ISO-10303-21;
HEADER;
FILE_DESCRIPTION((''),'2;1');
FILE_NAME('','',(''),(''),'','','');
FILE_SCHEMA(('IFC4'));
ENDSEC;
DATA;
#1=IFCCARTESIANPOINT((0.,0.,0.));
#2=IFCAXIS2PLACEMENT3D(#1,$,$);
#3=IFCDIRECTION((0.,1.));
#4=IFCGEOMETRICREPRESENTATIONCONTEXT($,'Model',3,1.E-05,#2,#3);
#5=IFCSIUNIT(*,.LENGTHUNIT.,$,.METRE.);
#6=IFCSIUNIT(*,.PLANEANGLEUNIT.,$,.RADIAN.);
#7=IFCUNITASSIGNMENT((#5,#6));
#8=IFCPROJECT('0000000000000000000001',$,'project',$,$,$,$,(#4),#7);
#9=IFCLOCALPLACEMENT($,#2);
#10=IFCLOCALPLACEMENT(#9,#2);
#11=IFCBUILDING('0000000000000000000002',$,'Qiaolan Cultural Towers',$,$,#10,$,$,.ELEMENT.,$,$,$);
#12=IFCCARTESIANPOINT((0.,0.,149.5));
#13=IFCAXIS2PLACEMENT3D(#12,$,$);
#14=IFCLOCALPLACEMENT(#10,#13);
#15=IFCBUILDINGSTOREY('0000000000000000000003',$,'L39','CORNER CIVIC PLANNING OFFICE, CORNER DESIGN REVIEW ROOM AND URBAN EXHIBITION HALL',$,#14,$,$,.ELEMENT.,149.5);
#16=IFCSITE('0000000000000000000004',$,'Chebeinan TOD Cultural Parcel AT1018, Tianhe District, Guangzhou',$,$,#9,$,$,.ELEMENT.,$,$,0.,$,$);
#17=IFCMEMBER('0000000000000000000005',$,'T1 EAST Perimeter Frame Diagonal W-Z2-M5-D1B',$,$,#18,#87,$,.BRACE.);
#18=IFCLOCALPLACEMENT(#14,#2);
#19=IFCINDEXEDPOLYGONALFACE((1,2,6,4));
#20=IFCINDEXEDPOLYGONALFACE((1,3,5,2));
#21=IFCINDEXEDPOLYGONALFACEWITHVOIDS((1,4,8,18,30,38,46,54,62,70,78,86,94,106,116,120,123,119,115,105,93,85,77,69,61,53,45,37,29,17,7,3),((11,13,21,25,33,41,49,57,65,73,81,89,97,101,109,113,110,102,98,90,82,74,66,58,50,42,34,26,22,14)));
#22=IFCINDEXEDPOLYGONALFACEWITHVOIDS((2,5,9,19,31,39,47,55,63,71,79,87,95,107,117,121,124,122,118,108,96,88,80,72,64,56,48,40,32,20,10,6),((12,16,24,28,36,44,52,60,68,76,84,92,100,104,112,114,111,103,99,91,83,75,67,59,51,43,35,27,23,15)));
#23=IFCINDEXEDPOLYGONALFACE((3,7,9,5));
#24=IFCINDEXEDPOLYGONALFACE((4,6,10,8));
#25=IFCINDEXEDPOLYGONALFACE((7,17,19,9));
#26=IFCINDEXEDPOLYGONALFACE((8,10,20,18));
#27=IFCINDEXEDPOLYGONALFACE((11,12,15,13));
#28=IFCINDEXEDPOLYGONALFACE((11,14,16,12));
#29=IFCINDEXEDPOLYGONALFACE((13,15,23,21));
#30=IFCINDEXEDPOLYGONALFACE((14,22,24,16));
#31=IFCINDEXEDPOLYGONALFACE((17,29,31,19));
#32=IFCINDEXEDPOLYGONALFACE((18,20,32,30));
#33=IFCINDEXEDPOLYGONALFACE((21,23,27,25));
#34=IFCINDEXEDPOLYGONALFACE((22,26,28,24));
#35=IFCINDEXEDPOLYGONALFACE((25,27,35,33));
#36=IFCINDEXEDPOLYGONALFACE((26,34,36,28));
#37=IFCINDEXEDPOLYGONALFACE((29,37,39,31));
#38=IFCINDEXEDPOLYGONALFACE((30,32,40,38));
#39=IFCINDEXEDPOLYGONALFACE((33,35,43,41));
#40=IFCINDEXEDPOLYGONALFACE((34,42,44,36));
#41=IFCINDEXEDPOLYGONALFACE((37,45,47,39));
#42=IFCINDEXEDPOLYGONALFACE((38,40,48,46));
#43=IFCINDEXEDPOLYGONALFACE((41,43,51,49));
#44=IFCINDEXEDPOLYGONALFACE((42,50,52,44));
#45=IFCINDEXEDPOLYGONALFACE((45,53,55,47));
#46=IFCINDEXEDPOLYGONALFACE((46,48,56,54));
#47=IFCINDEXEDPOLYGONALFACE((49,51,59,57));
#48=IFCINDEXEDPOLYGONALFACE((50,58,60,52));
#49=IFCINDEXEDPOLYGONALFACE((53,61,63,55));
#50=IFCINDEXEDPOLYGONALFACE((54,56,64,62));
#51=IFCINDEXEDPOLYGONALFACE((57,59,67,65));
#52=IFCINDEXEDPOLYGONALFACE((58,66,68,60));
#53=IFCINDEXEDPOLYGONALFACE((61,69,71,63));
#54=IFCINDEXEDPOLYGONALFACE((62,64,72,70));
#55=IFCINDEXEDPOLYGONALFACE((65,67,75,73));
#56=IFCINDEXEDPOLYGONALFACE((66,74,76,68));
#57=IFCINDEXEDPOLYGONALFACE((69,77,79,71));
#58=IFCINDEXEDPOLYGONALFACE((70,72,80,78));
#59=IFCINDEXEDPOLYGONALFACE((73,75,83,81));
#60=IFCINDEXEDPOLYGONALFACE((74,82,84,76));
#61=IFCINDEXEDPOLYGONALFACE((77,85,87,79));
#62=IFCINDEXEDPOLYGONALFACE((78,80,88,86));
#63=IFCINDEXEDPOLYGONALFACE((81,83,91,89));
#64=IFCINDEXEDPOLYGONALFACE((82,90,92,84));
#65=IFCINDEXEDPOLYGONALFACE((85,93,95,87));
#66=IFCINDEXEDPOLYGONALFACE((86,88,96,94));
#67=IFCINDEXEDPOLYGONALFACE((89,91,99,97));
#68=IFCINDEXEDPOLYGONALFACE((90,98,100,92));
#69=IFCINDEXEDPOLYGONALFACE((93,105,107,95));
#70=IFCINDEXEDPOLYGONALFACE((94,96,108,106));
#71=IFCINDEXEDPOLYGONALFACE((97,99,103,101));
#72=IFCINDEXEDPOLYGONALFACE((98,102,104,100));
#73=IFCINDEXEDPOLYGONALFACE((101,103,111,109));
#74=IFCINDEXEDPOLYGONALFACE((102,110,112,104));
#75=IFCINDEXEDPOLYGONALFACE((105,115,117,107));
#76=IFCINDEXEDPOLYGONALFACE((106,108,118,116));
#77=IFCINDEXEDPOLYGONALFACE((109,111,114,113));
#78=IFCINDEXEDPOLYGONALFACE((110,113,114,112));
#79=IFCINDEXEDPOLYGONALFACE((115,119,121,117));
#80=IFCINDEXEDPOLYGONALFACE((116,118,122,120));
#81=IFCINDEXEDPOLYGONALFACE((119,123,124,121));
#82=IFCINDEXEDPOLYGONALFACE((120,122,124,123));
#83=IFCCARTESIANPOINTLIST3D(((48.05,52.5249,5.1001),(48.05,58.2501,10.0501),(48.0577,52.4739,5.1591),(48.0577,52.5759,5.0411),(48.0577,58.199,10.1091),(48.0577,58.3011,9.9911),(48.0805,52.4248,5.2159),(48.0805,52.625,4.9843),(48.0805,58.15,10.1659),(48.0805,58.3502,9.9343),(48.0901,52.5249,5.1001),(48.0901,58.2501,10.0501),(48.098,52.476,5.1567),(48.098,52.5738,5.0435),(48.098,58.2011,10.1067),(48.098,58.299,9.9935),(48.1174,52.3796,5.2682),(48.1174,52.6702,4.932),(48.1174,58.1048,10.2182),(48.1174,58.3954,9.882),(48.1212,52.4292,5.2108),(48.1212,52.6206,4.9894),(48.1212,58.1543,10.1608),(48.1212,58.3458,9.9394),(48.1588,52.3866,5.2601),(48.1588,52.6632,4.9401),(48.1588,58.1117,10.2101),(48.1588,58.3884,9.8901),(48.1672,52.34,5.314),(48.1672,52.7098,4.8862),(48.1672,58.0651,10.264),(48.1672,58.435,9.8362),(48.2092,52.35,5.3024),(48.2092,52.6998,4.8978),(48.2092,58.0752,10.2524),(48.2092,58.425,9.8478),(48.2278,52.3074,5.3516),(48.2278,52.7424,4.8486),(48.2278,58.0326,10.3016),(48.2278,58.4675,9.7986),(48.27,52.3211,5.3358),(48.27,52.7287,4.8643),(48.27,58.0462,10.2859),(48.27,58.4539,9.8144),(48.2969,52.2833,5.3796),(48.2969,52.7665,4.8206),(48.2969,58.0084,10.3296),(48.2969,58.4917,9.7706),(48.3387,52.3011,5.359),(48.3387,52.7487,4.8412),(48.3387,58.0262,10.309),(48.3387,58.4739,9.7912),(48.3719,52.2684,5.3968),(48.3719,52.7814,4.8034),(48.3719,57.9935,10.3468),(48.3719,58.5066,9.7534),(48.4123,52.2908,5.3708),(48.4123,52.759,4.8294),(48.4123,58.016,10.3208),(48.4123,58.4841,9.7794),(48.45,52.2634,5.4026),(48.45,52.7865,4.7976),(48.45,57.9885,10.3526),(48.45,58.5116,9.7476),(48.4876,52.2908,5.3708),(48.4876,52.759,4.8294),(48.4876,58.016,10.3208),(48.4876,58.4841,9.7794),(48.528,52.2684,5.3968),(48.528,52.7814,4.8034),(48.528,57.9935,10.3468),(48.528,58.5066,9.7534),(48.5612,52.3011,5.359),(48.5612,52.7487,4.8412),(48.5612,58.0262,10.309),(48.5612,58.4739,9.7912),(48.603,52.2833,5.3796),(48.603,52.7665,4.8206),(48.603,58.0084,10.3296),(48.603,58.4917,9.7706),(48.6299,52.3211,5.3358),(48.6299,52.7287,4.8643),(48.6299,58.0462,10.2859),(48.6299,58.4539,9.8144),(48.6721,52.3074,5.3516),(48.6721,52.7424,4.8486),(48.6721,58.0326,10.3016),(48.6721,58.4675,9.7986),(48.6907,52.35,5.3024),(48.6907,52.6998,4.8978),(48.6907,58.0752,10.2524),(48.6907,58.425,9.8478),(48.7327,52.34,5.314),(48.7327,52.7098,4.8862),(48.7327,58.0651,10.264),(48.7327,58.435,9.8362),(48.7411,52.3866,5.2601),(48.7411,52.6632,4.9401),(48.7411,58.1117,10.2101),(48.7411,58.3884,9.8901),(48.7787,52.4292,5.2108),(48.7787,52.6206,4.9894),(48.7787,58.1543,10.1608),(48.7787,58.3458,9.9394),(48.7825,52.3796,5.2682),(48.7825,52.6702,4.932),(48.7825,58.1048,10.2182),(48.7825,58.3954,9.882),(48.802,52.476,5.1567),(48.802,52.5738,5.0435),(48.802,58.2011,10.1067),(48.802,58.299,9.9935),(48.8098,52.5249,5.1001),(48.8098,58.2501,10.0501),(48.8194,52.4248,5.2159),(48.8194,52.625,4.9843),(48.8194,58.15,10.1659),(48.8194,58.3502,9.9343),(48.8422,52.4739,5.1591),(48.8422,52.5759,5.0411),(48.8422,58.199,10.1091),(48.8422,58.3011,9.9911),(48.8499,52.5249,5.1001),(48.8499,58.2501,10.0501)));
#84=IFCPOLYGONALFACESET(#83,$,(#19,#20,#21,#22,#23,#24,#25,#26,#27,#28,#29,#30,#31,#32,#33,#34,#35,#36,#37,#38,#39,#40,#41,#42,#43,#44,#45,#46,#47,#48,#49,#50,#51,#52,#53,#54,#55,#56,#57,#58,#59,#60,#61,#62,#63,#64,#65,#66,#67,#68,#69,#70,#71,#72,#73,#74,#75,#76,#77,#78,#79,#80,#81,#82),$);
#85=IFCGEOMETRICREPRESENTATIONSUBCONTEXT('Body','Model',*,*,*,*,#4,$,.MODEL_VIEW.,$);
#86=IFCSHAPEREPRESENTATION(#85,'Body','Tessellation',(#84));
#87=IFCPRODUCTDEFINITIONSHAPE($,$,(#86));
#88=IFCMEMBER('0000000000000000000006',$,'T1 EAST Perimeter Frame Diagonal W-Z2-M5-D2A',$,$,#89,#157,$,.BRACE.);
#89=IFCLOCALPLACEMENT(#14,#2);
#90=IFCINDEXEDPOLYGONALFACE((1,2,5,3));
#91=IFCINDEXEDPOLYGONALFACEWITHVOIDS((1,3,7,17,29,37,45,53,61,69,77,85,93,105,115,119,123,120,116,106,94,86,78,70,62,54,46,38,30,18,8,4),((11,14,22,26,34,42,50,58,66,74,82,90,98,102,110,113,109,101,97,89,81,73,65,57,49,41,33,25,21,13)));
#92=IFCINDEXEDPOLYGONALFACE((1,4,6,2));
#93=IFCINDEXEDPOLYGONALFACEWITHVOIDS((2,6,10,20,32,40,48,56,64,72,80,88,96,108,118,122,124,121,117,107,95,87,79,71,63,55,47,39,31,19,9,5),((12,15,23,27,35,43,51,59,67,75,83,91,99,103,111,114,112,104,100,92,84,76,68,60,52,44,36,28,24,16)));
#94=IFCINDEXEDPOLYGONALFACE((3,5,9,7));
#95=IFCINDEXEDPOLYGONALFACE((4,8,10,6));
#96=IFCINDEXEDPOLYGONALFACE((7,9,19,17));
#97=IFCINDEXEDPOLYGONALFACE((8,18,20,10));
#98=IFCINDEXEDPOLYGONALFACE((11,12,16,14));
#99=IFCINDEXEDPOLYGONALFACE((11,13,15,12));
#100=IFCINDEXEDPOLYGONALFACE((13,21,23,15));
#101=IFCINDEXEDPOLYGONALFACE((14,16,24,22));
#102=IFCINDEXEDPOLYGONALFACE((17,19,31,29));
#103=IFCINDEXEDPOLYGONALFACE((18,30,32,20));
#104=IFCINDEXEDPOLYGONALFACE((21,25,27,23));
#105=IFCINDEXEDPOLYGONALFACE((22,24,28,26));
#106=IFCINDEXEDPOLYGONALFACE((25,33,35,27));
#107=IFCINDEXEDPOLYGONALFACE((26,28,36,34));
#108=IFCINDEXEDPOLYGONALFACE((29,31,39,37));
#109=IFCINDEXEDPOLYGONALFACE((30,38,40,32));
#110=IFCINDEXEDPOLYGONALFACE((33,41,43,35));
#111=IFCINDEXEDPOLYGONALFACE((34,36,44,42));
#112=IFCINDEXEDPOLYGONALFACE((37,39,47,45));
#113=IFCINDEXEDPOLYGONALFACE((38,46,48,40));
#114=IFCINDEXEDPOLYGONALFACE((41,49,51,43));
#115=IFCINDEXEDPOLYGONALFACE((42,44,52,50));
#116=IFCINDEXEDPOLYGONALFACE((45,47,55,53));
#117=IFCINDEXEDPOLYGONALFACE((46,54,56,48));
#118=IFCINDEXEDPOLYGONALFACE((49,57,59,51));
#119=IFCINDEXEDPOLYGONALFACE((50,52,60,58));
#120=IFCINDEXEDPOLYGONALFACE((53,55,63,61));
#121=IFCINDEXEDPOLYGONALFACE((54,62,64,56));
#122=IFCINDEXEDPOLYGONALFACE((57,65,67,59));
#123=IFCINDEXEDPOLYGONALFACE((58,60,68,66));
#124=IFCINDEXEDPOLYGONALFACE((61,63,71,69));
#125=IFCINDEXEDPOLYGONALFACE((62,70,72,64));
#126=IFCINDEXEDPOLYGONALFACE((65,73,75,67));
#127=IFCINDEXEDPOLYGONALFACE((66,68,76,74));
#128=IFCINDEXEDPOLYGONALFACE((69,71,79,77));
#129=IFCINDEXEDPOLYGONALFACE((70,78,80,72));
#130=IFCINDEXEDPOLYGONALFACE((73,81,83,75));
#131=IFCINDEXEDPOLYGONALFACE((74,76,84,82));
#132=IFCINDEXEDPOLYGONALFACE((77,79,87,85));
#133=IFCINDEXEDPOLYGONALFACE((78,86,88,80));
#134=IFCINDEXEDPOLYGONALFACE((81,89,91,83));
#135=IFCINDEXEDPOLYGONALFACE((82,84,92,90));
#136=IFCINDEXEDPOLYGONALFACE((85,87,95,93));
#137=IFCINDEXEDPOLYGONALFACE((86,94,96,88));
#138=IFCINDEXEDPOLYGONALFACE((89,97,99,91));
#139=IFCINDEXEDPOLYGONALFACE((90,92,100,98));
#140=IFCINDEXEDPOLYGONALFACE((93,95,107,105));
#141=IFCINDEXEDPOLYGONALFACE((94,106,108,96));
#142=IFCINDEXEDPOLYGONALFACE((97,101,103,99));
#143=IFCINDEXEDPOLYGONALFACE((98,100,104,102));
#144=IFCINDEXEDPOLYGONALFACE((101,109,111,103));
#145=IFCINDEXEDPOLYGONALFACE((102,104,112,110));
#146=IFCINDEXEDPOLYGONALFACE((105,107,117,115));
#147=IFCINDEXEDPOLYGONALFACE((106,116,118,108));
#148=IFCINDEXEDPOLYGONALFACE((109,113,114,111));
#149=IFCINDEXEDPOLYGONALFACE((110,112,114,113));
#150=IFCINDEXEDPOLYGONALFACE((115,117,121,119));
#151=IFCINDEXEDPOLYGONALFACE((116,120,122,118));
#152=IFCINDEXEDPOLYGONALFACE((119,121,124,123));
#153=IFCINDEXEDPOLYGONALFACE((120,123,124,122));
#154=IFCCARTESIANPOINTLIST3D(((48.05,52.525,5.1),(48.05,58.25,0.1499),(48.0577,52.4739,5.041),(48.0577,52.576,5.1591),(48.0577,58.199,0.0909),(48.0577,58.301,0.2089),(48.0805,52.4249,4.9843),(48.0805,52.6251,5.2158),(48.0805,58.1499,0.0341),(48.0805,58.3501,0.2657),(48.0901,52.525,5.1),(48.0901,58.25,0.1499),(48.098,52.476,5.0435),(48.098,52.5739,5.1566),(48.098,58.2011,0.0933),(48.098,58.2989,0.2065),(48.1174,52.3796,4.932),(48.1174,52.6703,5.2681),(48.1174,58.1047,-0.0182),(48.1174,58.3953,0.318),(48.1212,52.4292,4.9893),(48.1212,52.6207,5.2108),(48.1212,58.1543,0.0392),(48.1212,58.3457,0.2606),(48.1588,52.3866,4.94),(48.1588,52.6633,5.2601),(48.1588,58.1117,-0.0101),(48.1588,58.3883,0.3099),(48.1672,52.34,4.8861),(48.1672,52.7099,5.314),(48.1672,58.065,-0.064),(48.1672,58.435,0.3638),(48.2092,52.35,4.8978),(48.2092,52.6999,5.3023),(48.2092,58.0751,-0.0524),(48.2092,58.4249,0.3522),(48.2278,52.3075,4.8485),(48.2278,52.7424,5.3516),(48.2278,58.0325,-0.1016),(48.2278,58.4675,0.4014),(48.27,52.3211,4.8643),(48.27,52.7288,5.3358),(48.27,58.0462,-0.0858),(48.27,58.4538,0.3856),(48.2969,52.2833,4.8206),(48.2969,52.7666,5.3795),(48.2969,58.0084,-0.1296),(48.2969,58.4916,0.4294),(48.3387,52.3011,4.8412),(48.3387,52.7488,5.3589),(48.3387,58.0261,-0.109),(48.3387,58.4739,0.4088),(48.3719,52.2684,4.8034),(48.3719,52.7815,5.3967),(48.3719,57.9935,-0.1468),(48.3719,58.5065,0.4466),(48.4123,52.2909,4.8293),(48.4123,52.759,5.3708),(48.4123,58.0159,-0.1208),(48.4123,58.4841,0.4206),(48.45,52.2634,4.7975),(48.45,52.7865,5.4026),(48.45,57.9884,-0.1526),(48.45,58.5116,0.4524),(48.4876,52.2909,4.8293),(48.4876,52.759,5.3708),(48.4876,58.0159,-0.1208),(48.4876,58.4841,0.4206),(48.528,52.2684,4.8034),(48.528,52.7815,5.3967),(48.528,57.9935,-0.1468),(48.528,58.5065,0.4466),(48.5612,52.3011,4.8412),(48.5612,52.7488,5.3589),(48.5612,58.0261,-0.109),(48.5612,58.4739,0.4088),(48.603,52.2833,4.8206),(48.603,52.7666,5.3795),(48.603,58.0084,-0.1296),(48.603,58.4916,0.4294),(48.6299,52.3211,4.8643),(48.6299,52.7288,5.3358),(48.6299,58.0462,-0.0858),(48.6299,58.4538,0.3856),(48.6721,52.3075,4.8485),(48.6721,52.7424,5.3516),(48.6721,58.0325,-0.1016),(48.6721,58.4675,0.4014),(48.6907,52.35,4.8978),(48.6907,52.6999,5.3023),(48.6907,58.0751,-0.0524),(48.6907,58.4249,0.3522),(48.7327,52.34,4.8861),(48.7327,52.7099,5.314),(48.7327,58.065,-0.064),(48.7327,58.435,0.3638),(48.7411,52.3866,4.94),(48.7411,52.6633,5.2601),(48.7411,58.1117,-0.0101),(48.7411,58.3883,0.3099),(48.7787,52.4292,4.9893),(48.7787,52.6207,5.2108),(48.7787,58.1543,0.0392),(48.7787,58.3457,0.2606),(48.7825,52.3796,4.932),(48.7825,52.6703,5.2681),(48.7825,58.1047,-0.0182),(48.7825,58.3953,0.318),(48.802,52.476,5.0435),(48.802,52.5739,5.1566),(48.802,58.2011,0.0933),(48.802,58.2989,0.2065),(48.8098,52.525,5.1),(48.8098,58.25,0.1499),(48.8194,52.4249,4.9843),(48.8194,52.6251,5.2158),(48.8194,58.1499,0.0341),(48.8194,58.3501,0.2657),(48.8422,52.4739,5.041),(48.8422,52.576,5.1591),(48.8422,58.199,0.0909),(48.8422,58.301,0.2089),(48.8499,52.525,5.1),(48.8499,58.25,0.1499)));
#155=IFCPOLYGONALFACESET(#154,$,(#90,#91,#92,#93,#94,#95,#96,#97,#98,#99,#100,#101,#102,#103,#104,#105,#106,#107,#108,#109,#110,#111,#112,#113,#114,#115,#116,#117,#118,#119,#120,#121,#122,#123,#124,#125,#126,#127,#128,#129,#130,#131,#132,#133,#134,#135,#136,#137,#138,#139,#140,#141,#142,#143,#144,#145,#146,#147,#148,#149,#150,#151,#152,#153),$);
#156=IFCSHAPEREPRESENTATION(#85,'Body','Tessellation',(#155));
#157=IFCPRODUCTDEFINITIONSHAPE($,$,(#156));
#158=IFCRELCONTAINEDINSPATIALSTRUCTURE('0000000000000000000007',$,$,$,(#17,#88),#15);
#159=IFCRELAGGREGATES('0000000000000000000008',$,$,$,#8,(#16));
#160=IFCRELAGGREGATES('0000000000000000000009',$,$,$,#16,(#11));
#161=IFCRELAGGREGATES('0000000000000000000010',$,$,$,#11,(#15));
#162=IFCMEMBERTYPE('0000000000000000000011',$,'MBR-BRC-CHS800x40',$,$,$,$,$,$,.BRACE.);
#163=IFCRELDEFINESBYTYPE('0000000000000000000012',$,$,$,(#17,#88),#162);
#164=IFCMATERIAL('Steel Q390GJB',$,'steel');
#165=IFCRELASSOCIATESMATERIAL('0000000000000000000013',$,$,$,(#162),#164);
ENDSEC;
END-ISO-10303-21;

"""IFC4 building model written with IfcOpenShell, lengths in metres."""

from ifc_helpers import new_model, si_unit, direction, frame, origin, origin_2d, place, context, subcontext, project, spatial, hollow_circle, extrude, material, material_profile, profile_set, type_object, element, save


model = new_model("IFC4")

# Units and contexts
model_context = context("Model", 3, precision=1e-05, world=origin(), true_north=direction((0.0, 1.0)))
body_context = subcontext(model_context, "Body", "Model", "MODEL_VIEW")
ifc_project = project(units=[si_unit("LENGTHUNIT", "METRE"), si_unit("PLANEANGLEUNIT", "RADIAN")], contexts=[model_context])

# Site, building, storey
site_placement = place(None, origin())
site = spatial("IfcSite", under=ifc_project, at=site_placement, Name="Chebeinan TOD Cultural Parcel AT1018, Tianhe District, Guangzhou", CompositionType="ELEMENT", RefElevation=0.0)
building_placement = place(site_placement, origin())
building = spatial("IfcBuilding", under=site, at=building_placement, Name="Qiaolan Cultural Towers", CompositionType="ELEMENT")
storey_placement = place(building_placement, frame((0.0, 0.0, 149.5)))
storey = spatial("IfcBuildingStorey", under=building, at=storey_placement, Name="L39", Description="CORNER CIVIC PLANNING OFFICE, CORNER DESIGN REVIEW ROOM AND URBAN EXHIBITION HALL", CompositionType="ELEMENT", Elevation=149.5)

# Members
ifc_material_1 = material(Name="Steel Q390GJB", Category="steel")
ifc_material_profile_1 = material_profile(ifc_material_1, hollow_circle(Radius=0.3999, WallThickness=0.04, at=origin_2d()), Name="CHS800x40")
ifc_profile_set_1 = profile_set([ifc_material_profile_1], Name="Steel Q390GJB")
member_type = type_object("IfcMemberType", Name="MBR-BRC-CHS800x40", PredefinedType="BRACE", material=ifc_profile_set_1)
for number, where, z_axis, x_axis, name in (
    (1, (48.45, 52.5249, 5.1001), (0.0, 0.75646, 0.65404), (-1.0, 0.0, 0.0), "T1 EAST Perimeter Frame Diagonal W-Z2-M5-D1B"),
    (2, (48.45, 58.25, 0.1499), (0.0, -0.756444, 0.654058), (1.0, 0.0, 0.0), "T1 EAST Perimeter Frame Diagonal W-Z2-M5-D2A"),
):
    element("IfcMember", number, at=place(storey_placement, frame(where, z_axis=z_axis, x_axis=x_axis)), inside=storey, type_object=member_type, Name=name, PredefinedType="BRACE", context=body_context, shape_type="SweptSolid", body=[
        extrude(hollow_circle(Radius=0.3999, WallThickness=0.04, at=origin_2d()), origin(), (0.0, 0.0, 1.0), 7.5684),
    ])

save(model, "model.ifc")
